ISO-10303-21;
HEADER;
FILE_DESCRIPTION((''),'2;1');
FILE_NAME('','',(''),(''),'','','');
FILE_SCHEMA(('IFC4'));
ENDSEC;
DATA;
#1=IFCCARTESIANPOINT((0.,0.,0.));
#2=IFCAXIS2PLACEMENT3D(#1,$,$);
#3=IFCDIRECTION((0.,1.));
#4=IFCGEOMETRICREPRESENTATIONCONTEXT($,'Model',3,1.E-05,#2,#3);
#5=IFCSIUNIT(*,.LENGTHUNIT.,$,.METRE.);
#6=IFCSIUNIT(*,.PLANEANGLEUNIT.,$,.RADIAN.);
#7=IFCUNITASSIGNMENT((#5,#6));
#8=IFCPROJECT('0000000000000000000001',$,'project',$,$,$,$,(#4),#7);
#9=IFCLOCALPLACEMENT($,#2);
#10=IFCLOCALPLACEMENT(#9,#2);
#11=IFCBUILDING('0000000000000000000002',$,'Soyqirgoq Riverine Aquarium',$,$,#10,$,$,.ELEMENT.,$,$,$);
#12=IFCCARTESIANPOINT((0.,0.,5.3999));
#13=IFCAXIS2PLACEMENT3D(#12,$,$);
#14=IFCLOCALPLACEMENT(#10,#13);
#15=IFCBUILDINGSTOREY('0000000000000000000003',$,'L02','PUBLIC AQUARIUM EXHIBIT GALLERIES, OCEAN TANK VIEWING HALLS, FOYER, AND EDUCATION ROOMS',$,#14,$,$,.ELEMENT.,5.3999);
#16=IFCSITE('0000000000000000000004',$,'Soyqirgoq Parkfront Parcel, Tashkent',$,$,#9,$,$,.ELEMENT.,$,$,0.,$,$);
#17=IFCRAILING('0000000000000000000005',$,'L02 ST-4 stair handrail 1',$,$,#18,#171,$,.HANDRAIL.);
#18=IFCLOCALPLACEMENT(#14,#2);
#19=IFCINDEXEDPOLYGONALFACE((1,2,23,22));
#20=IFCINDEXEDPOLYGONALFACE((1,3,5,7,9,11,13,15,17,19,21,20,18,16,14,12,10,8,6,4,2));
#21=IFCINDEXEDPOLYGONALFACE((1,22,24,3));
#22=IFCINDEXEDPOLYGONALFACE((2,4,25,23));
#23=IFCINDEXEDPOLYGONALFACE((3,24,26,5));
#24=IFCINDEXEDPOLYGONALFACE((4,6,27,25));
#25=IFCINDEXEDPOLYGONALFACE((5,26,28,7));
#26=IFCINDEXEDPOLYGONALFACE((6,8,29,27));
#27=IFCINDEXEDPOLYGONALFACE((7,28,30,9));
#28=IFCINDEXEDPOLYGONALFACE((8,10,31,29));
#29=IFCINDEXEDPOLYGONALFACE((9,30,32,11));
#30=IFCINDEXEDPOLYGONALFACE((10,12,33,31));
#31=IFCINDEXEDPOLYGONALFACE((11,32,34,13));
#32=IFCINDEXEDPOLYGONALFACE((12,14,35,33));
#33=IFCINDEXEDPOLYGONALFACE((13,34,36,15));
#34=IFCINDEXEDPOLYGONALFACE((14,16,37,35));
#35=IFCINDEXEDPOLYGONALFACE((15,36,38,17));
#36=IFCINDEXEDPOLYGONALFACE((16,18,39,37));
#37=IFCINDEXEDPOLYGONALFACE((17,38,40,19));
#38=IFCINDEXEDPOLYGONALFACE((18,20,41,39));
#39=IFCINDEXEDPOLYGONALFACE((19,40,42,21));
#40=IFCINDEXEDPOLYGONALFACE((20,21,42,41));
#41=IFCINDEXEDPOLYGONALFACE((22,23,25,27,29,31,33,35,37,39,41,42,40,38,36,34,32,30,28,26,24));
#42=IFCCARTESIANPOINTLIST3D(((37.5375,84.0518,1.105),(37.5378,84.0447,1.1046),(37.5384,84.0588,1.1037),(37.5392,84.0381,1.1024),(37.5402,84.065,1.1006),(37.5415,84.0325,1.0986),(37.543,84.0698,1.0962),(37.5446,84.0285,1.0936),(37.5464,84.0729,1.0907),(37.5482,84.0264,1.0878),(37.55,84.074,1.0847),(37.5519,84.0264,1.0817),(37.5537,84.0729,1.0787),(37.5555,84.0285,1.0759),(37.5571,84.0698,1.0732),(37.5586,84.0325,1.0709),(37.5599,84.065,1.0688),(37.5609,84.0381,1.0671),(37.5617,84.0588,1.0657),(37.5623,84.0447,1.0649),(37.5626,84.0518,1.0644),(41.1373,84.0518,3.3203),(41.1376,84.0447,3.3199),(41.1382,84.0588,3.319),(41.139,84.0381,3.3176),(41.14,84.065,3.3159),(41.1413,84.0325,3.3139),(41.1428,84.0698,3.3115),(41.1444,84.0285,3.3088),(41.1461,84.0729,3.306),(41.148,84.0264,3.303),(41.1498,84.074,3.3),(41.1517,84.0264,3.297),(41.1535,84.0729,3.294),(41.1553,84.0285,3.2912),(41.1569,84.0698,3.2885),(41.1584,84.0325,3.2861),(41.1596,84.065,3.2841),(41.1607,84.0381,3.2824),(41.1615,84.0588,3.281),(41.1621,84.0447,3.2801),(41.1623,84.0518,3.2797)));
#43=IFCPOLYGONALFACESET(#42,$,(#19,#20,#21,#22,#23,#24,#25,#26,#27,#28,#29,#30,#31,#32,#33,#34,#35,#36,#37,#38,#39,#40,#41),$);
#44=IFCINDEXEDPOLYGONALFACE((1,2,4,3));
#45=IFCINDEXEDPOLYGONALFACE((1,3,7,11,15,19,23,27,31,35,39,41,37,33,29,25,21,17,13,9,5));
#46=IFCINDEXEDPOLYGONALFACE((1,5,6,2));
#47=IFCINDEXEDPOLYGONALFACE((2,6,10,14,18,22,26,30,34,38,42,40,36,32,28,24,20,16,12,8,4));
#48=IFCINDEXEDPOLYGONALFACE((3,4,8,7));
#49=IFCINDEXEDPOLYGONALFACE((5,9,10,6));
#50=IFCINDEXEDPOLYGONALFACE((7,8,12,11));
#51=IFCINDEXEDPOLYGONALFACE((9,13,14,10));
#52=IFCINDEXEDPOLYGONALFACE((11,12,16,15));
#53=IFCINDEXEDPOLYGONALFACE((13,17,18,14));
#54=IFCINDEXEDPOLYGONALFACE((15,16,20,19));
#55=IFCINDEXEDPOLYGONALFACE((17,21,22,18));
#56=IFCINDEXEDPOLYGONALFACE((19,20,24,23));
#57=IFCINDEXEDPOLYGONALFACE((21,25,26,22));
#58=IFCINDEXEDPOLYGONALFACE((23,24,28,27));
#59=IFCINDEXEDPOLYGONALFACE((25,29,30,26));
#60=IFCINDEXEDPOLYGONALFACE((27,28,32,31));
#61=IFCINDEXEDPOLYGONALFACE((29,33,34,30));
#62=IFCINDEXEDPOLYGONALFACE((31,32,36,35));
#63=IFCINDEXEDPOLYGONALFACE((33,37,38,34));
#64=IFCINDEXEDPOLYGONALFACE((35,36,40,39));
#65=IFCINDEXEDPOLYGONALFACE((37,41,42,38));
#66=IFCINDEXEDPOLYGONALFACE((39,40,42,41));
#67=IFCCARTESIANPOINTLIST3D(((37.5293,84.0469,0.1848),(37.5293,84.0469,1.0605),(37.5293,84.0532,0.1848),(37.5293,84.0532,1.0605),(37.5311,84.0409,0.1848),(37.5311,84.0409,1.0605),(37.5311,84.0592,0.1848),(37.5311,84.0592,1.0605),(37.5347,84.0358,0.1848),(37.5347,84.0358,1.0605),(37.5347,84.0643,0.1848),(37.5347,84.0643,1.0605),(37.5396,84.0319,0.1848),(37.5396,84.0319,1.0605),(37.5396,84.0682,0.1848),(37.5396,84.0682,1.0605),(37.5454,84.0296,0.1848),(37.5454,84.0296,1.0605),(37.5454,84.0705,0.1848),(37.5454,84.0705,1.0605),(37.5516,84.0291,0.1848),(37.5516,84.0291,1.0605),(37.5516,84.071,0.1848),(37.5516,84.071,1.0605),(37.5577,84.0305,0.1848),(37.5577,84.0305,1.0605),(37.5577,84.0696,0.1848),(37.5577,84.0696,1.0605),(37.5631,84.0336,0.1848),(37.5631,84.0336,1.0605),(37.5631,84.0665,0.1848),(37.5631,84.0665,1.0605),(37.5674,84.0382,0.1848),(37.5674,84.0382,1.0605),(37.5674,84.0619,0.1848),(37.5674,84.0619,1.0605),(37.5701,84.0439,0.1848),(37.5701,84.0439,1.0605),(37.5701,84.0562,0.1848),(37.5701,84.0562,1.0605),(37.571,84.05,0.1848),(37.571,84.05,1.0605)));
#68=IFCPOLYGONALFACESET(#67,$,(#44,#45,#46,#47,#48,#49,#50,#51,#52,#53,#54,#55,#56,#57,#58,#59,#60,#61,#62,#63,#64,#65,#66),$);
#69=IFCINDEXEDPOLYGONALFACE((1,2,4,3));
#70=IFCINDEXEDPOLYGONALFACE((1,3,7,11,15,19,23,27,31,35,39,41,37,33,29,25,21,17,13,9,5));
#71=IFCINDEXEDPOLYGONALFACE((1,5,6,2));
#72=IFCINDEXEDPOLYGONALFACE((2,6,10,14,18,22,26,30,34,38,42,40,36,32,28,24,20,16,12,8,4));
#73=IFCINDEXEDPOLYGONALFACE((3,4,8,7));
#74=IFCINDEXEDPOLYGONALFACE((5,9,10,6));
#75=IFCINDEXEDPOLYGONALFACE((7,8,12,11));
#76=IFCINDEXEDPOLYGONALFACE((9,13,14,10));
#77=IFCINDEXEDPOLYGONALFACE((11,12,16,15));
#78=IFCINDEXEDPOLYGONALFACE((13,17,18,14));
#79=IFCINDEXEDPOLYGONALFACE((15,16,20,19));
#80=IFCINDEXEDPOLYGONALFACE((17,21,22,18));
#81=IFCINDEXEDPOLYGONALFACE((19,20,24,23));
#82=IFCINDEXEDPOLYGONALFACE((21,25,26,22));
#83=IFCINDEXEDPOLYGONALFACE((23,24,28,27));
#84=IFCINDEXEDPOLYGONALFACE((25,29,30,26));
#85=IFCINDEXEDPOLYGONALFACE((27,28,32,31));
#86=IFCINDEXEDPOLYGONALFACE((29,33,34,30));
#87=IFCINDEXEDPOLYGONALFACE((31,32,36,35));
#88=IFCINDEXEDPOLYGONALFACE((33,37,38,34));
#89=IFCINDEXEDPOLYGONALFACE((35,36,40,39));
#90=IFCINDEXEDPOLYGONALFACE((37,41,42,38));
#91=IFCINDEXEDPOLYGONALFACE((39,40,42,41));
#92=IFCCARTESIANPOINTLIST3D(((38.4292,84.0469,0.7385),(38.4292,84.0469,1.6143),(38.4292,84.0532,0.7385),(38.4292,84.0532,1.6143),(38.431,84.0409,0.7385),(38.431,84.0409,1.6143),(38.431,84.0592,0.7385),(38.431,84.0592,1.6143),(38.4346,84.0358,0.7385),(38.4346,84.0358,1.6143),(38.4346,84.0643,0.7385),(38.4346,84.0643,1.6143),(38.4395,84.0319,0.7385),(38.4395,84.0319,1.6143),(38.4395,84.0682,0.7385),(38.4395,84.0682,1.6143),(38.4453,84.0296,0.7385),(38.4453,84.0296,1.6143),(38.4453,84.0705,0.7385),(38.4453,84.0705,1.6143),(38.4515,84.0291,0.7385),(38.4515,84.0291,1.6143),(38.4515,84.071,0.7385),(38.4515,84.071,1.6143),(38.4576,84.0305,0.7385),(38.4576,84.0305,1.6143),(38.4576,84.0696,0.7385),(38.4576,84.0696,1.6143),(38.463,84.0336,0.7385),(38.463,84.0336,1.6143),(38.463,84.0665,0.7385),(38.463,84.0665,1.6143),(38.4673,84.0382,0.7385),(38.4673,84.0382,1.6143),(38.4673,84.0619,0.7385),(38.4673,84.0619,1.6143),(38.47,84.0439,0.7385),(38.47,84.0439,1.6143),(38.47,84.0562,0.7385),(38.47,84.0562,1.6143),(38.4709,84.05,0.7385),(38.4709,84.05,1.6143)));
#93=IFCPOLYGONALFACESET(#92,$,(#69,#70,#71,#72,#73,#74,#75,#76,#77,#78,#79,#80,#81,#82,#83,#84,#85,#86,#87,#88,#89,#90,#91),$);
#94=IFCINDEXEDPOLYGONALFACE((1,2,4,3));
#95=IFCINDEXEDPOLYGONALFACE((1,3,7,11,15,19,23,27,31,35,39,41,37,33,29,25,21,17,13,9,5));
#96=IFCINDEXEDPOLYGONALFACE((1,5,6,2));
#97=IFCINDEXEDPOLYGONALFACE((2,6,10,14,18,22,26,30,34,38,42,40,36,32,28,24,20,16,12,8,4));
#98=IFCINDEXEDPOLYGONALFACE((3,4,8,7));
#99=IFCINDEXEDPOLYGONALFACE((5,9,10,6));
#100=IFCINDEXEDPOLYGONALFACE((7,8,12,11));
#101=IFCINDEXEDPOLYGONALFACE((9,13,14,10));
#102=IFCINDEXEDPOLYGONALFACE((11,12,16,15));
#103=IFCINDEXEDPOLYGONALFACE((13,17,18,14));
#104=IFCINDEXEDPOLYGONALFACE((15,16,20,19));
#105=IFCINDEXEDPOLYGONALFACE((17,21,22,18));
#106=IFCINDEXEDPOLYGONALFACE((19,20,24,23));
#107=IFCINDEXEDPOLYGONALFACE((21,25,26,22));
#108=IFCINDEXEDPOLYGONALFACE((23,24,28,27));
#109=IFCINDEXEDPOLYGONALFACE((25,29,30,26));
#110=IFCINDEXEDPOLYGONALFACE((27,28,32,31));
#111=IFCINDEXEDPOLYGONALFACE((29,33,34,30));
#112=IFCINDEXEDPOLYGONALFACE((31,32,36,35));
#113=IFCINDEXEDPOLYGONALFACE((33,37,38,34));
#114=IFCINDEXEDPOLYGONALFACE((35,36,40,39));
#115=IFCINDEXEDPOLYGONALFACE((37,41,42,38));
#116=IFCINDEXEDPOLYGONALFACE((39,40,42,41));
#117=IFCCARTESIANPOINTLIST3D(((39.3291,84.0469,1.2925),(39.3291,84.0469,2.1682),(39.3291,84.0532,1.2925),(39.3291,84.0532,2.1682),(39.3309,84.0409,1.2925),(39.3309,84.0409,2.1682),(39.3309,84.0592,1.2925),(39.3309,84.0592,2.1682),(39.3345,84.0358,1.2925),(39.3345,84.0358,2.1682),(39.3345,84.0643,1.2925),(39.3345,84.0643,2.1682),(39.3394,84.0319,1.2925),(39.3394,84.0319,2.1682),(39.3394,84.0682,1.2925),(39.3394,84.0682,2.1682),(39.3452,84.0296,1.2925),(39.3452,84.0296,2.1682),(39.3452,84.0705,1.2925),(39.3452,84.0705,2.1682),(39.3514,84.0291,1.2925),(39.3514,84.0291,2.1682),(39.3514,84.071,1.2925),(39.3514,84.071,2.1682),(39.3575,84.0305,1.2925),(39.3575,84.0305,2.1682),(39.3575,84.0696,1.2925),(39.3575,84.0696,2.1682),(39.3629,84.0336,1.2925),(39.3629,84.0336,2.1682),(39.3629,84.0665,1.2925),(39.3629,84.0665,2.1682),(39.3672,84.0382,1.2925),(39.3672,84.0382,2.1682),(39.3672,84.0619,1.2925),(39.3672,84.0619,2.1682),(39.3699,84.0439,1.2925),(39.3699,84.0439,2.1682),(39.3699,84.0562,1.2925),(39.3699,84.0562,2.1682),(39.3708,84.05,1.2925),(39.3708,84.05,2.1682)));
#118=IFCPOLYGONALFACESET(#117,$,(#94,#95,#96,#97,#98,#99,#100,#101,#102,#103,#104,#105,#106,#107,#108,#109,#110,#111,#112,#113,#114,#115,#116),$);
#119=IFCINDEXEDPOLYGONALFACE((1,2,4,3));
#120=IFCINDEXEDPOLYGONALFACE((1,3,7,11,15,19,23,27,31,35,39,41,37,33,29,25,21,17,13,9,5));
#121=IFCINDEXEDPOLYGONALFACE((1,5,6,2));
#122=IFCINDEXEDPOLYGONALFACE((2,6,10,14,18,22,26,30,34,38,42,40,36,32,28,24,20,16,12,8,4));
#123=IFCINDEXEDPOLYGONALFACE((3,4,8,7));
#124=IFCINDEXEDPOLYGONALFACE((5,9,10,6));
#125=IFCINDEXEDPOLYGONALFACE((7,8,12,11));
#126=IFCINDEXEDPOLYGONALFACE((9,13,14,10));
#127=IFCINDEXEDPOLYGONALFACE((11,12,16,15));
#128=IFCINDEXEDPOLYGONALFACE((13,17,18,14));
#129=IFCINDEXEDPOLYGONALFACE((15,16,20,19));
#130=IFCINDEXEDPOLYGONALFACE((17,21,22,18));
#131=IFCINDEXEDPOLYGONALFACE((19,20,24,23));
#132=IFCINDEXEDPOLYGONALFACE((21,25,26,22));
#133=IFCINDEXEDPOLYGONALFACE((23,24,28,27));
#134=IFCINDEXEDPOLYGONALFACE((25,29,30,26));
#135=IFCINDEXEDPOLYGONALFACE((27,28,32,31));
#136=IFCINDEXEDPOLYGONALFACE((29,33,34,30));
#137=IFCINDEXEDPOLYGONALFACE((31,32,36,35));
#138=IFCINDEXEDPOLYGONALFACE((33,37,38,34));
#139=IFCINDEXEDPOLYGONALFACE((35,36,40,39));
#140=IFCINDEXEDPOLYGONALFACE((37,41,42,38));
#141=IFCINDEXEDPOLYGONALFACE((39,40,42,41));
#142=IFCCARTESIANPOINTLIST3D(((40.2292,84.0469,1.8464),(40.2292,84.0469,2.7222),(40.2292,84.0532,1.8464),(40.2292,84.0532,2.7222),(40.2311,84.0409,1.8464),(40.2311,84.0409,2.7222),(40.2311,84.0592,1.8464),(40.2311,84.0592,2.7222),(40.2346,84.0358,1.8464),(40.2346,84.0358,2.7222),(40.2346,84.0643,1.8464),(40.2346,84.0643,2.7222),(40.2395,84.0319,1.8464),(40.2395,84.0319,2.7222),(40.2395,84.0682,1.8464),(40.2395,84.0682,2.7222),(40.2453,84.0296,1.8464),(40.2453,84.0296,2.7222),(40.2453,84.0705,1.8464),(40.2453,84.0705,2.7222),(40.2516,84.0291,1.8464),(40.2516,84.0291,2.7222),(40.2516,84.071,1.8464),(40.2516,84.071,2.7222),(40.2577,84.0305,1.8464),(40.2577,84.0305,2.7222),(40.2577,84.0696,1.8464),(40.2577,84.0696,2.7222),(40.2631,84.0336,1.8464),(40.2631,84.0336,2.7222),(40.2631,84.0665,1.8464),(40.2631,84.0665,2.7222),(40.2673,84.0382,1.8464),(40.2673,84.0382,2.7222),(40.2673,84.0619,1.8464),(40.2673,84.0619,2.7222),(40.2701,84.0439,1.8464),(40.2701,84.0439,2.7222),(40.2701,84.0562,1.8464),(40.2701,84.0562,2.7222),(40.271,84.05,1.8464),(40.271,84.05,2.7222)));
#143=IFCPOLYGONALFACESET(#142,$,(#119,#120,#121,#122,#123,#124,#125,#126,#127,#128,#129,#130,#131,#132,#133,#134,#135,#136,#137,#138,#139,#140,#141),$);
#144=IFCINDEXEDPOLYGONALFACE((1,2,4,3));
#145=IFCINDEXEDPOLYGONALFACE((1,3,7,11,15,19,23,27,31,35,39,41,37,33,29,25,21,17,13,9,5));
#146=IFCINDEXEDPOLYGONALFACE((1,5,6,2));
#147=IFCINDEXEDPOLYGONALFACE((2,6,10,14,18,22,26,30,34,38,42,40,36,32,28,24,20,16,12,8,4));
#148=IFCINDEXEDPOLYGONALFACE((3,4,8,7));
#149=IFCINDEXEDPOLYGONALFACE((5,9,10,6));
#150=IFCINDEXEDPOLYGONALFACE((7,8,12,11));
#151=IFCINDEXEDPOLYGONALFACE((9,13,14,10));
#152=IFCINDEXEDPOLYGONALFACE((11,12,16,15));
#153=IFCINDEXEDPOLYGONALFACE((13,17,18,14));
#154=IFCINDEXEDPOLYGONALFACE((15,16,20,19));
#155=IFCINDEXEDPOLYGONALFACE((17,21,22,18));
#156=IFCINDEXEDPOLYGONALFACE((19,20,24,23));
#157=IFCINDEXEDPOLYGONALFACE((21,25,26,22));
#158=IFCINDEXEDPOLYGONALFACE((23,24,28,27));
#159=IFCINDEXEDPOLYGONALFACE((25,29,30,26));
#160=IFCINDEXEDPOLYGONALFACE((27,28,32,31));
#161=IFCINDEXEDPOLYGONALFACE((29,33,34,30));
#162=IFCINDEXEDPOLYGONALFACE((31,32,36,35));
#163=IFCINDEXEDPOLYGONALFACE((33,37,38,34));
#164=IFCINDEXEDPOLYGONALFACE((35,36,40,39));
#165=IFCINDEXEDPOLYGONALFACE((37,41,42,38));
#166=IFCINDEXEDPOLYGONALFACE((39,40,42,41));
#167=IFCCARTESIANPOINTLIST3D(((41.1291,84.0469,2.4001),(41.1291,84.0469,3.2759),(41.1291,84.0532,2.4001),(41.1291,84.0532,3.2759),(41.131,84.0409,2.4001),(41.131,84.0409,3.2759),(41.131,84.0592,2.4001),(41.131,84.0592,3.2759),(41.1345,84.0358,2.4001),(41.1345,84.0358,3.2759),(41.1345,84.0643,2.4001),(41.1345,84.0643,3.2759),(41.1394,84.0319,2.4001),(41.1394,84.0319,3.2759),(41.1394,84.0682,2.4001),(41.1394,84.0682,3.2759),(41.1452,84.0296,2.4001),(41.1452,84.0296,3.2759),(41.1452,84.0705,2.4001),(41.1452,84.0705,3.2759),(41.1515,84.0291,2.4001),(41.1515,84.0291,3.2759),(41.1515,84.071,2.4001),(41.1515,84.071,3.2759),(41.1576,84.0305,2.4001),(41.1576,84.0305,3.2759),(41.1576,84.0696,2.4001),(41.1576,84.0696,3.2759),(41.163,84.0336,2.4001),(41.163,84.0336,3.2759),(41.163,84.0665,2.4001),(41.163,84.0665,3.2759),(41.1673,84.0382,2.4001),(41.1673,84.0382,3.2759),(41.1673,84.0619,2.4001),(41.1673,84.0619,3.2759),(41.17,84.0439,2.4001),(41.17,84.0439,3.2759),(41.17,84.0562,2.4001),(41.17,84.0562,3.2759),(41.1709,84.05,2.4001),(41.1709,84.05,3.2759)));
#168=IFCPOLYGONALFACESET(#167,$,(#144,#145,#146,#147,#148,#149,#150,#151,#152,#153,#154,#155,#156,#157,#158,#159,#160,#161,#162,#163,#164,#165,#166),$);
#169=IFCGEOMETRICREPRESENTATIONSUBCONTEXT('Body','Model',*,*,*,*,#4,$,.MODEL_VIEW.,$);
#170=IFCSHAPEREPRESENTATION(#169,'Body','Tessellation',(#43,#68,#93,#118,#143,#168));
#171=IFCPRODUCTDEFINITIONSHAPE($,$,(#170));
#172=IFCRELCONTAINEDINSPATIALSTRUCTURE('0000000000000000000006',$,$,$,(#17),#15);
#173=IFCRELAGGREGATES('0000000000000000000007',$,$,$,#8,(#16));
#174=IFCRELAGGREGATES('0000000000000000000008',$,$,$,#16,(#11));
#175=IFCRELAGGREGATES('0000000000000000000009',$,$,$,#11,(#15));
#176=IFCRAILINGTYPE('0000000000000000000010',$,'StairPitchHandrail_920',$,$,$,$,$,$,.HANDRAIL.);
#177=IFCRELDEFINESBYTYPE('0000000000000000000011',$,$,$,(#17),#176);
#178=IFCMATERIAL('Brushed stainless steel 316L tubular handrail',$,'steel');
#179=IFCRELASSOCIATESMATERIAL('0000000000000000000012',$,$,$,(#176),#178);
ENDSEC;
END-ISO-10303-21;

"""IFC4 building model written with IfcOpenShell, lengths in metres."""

from ifc_helpers import new_model, si_unit, direction, frame, origin, origin_2d, place, context, subcontext, project, spatial, circle, extrude, material, type_object, element, save


model = new_model("IFC4")

# Units and contexts
model_context = context("Model", 3, precision=1e-05, world=origin(), true_north=direction((0.0, 1.0)))
body_context = subcontext(model_context, "Body", "Model", "MODEL_VIEW")
ifc_project = project(units=[si_unit("LENGTHUNIT", "METRE"), si_unit("PLANEANGLEUNIT", "RADIAN")], contexts=[model_context])

# Site, building, storey
site_placement = place(None, origin())
site = spatial("IfcSite", under=ifc_project, at=site_placement, Name="Soyqirgoq Parkfront Parcel, Tashkent", CompositionType="ELEMENT", RefElevation=0.0)
building_placement = place(site_placement, origin())
building = spatial("IfcBuilding", under=site, at=building_placement, Name="Soyqirgoq Riverine Aquarium", CompositionType="ELEMENT")
storey_placement = place(building_placement, frame((0.0, 0.0, 5.3999)))
storey = spatial("IfcBuildingStorey", under=building, at=storey_placement, Name="L02", Description="PUBLIC AQUARIUM EXHIBIT GALLERIES, OCEAN TANK VIEWING HALLS, FOYER, AND EDUCATION ROOMS", CompositionType="ELEMENT", Elevation=5.3999)

# Railing
ifc_material_1 = material(Name="Brushed stainless steel 316L tubular handrail", Category="steel")
railing_type_1 = type_object("IfcRailingType", Name="StairPitchHandrail_920", PredefinedType="HANDRAIL", material=ifc_material_1)
railing_1_placement = place(storey_placement, frame((37.55, 84.05, 0.1848)))
element("IfcRailing", 1, at=railing_1_placement, inside=storey, type_object=railing_type_1, Name="L02 ST-4 stair handrail 1", PredefinedType="HANDRAIL", context=body_context, shape_type="SweptSolid", body=[
    extrude(circle(Radius=0.0239, at=origin_2d()), frame((0.0, 0.0, 0.8999), z_axis=(0.851654, 0.0, 0.524104), x_axis=(0.0, 1.0, 0.0)), (0.0, 0.0, 1.0), 4.2268),
    extrude(circle(Radius=0.021, at=origin_2d()), origin(), (0.0, 0.0, 1.0), 0.8757),
    extrude(circle(Radius=0.021, at=origin_2d()), frame((0.8999, 0.0, 0.5537)), (0.0, 0.0, 1.0), 0.8757),
    extrude(circle(Radius=0.021, at=origin_2d()), frame((1.7998, 0.0, 1.1077)), (0.0, 0.0, 1.0), 0.8757),
    extrude(circle(Radius=0.021, at=origin_2d()), frame((2.7, 0.0, 1.6616)), (0.0, 0.0, 1.0), 0.8757),
    extrude(circle(Radius=0.021, at=origin_2d()), frame((3.5999, 0.0, 2.2153)), (0.0, 0.0, 1.0), 0.8757),
])

save(model, "model.ifc")
